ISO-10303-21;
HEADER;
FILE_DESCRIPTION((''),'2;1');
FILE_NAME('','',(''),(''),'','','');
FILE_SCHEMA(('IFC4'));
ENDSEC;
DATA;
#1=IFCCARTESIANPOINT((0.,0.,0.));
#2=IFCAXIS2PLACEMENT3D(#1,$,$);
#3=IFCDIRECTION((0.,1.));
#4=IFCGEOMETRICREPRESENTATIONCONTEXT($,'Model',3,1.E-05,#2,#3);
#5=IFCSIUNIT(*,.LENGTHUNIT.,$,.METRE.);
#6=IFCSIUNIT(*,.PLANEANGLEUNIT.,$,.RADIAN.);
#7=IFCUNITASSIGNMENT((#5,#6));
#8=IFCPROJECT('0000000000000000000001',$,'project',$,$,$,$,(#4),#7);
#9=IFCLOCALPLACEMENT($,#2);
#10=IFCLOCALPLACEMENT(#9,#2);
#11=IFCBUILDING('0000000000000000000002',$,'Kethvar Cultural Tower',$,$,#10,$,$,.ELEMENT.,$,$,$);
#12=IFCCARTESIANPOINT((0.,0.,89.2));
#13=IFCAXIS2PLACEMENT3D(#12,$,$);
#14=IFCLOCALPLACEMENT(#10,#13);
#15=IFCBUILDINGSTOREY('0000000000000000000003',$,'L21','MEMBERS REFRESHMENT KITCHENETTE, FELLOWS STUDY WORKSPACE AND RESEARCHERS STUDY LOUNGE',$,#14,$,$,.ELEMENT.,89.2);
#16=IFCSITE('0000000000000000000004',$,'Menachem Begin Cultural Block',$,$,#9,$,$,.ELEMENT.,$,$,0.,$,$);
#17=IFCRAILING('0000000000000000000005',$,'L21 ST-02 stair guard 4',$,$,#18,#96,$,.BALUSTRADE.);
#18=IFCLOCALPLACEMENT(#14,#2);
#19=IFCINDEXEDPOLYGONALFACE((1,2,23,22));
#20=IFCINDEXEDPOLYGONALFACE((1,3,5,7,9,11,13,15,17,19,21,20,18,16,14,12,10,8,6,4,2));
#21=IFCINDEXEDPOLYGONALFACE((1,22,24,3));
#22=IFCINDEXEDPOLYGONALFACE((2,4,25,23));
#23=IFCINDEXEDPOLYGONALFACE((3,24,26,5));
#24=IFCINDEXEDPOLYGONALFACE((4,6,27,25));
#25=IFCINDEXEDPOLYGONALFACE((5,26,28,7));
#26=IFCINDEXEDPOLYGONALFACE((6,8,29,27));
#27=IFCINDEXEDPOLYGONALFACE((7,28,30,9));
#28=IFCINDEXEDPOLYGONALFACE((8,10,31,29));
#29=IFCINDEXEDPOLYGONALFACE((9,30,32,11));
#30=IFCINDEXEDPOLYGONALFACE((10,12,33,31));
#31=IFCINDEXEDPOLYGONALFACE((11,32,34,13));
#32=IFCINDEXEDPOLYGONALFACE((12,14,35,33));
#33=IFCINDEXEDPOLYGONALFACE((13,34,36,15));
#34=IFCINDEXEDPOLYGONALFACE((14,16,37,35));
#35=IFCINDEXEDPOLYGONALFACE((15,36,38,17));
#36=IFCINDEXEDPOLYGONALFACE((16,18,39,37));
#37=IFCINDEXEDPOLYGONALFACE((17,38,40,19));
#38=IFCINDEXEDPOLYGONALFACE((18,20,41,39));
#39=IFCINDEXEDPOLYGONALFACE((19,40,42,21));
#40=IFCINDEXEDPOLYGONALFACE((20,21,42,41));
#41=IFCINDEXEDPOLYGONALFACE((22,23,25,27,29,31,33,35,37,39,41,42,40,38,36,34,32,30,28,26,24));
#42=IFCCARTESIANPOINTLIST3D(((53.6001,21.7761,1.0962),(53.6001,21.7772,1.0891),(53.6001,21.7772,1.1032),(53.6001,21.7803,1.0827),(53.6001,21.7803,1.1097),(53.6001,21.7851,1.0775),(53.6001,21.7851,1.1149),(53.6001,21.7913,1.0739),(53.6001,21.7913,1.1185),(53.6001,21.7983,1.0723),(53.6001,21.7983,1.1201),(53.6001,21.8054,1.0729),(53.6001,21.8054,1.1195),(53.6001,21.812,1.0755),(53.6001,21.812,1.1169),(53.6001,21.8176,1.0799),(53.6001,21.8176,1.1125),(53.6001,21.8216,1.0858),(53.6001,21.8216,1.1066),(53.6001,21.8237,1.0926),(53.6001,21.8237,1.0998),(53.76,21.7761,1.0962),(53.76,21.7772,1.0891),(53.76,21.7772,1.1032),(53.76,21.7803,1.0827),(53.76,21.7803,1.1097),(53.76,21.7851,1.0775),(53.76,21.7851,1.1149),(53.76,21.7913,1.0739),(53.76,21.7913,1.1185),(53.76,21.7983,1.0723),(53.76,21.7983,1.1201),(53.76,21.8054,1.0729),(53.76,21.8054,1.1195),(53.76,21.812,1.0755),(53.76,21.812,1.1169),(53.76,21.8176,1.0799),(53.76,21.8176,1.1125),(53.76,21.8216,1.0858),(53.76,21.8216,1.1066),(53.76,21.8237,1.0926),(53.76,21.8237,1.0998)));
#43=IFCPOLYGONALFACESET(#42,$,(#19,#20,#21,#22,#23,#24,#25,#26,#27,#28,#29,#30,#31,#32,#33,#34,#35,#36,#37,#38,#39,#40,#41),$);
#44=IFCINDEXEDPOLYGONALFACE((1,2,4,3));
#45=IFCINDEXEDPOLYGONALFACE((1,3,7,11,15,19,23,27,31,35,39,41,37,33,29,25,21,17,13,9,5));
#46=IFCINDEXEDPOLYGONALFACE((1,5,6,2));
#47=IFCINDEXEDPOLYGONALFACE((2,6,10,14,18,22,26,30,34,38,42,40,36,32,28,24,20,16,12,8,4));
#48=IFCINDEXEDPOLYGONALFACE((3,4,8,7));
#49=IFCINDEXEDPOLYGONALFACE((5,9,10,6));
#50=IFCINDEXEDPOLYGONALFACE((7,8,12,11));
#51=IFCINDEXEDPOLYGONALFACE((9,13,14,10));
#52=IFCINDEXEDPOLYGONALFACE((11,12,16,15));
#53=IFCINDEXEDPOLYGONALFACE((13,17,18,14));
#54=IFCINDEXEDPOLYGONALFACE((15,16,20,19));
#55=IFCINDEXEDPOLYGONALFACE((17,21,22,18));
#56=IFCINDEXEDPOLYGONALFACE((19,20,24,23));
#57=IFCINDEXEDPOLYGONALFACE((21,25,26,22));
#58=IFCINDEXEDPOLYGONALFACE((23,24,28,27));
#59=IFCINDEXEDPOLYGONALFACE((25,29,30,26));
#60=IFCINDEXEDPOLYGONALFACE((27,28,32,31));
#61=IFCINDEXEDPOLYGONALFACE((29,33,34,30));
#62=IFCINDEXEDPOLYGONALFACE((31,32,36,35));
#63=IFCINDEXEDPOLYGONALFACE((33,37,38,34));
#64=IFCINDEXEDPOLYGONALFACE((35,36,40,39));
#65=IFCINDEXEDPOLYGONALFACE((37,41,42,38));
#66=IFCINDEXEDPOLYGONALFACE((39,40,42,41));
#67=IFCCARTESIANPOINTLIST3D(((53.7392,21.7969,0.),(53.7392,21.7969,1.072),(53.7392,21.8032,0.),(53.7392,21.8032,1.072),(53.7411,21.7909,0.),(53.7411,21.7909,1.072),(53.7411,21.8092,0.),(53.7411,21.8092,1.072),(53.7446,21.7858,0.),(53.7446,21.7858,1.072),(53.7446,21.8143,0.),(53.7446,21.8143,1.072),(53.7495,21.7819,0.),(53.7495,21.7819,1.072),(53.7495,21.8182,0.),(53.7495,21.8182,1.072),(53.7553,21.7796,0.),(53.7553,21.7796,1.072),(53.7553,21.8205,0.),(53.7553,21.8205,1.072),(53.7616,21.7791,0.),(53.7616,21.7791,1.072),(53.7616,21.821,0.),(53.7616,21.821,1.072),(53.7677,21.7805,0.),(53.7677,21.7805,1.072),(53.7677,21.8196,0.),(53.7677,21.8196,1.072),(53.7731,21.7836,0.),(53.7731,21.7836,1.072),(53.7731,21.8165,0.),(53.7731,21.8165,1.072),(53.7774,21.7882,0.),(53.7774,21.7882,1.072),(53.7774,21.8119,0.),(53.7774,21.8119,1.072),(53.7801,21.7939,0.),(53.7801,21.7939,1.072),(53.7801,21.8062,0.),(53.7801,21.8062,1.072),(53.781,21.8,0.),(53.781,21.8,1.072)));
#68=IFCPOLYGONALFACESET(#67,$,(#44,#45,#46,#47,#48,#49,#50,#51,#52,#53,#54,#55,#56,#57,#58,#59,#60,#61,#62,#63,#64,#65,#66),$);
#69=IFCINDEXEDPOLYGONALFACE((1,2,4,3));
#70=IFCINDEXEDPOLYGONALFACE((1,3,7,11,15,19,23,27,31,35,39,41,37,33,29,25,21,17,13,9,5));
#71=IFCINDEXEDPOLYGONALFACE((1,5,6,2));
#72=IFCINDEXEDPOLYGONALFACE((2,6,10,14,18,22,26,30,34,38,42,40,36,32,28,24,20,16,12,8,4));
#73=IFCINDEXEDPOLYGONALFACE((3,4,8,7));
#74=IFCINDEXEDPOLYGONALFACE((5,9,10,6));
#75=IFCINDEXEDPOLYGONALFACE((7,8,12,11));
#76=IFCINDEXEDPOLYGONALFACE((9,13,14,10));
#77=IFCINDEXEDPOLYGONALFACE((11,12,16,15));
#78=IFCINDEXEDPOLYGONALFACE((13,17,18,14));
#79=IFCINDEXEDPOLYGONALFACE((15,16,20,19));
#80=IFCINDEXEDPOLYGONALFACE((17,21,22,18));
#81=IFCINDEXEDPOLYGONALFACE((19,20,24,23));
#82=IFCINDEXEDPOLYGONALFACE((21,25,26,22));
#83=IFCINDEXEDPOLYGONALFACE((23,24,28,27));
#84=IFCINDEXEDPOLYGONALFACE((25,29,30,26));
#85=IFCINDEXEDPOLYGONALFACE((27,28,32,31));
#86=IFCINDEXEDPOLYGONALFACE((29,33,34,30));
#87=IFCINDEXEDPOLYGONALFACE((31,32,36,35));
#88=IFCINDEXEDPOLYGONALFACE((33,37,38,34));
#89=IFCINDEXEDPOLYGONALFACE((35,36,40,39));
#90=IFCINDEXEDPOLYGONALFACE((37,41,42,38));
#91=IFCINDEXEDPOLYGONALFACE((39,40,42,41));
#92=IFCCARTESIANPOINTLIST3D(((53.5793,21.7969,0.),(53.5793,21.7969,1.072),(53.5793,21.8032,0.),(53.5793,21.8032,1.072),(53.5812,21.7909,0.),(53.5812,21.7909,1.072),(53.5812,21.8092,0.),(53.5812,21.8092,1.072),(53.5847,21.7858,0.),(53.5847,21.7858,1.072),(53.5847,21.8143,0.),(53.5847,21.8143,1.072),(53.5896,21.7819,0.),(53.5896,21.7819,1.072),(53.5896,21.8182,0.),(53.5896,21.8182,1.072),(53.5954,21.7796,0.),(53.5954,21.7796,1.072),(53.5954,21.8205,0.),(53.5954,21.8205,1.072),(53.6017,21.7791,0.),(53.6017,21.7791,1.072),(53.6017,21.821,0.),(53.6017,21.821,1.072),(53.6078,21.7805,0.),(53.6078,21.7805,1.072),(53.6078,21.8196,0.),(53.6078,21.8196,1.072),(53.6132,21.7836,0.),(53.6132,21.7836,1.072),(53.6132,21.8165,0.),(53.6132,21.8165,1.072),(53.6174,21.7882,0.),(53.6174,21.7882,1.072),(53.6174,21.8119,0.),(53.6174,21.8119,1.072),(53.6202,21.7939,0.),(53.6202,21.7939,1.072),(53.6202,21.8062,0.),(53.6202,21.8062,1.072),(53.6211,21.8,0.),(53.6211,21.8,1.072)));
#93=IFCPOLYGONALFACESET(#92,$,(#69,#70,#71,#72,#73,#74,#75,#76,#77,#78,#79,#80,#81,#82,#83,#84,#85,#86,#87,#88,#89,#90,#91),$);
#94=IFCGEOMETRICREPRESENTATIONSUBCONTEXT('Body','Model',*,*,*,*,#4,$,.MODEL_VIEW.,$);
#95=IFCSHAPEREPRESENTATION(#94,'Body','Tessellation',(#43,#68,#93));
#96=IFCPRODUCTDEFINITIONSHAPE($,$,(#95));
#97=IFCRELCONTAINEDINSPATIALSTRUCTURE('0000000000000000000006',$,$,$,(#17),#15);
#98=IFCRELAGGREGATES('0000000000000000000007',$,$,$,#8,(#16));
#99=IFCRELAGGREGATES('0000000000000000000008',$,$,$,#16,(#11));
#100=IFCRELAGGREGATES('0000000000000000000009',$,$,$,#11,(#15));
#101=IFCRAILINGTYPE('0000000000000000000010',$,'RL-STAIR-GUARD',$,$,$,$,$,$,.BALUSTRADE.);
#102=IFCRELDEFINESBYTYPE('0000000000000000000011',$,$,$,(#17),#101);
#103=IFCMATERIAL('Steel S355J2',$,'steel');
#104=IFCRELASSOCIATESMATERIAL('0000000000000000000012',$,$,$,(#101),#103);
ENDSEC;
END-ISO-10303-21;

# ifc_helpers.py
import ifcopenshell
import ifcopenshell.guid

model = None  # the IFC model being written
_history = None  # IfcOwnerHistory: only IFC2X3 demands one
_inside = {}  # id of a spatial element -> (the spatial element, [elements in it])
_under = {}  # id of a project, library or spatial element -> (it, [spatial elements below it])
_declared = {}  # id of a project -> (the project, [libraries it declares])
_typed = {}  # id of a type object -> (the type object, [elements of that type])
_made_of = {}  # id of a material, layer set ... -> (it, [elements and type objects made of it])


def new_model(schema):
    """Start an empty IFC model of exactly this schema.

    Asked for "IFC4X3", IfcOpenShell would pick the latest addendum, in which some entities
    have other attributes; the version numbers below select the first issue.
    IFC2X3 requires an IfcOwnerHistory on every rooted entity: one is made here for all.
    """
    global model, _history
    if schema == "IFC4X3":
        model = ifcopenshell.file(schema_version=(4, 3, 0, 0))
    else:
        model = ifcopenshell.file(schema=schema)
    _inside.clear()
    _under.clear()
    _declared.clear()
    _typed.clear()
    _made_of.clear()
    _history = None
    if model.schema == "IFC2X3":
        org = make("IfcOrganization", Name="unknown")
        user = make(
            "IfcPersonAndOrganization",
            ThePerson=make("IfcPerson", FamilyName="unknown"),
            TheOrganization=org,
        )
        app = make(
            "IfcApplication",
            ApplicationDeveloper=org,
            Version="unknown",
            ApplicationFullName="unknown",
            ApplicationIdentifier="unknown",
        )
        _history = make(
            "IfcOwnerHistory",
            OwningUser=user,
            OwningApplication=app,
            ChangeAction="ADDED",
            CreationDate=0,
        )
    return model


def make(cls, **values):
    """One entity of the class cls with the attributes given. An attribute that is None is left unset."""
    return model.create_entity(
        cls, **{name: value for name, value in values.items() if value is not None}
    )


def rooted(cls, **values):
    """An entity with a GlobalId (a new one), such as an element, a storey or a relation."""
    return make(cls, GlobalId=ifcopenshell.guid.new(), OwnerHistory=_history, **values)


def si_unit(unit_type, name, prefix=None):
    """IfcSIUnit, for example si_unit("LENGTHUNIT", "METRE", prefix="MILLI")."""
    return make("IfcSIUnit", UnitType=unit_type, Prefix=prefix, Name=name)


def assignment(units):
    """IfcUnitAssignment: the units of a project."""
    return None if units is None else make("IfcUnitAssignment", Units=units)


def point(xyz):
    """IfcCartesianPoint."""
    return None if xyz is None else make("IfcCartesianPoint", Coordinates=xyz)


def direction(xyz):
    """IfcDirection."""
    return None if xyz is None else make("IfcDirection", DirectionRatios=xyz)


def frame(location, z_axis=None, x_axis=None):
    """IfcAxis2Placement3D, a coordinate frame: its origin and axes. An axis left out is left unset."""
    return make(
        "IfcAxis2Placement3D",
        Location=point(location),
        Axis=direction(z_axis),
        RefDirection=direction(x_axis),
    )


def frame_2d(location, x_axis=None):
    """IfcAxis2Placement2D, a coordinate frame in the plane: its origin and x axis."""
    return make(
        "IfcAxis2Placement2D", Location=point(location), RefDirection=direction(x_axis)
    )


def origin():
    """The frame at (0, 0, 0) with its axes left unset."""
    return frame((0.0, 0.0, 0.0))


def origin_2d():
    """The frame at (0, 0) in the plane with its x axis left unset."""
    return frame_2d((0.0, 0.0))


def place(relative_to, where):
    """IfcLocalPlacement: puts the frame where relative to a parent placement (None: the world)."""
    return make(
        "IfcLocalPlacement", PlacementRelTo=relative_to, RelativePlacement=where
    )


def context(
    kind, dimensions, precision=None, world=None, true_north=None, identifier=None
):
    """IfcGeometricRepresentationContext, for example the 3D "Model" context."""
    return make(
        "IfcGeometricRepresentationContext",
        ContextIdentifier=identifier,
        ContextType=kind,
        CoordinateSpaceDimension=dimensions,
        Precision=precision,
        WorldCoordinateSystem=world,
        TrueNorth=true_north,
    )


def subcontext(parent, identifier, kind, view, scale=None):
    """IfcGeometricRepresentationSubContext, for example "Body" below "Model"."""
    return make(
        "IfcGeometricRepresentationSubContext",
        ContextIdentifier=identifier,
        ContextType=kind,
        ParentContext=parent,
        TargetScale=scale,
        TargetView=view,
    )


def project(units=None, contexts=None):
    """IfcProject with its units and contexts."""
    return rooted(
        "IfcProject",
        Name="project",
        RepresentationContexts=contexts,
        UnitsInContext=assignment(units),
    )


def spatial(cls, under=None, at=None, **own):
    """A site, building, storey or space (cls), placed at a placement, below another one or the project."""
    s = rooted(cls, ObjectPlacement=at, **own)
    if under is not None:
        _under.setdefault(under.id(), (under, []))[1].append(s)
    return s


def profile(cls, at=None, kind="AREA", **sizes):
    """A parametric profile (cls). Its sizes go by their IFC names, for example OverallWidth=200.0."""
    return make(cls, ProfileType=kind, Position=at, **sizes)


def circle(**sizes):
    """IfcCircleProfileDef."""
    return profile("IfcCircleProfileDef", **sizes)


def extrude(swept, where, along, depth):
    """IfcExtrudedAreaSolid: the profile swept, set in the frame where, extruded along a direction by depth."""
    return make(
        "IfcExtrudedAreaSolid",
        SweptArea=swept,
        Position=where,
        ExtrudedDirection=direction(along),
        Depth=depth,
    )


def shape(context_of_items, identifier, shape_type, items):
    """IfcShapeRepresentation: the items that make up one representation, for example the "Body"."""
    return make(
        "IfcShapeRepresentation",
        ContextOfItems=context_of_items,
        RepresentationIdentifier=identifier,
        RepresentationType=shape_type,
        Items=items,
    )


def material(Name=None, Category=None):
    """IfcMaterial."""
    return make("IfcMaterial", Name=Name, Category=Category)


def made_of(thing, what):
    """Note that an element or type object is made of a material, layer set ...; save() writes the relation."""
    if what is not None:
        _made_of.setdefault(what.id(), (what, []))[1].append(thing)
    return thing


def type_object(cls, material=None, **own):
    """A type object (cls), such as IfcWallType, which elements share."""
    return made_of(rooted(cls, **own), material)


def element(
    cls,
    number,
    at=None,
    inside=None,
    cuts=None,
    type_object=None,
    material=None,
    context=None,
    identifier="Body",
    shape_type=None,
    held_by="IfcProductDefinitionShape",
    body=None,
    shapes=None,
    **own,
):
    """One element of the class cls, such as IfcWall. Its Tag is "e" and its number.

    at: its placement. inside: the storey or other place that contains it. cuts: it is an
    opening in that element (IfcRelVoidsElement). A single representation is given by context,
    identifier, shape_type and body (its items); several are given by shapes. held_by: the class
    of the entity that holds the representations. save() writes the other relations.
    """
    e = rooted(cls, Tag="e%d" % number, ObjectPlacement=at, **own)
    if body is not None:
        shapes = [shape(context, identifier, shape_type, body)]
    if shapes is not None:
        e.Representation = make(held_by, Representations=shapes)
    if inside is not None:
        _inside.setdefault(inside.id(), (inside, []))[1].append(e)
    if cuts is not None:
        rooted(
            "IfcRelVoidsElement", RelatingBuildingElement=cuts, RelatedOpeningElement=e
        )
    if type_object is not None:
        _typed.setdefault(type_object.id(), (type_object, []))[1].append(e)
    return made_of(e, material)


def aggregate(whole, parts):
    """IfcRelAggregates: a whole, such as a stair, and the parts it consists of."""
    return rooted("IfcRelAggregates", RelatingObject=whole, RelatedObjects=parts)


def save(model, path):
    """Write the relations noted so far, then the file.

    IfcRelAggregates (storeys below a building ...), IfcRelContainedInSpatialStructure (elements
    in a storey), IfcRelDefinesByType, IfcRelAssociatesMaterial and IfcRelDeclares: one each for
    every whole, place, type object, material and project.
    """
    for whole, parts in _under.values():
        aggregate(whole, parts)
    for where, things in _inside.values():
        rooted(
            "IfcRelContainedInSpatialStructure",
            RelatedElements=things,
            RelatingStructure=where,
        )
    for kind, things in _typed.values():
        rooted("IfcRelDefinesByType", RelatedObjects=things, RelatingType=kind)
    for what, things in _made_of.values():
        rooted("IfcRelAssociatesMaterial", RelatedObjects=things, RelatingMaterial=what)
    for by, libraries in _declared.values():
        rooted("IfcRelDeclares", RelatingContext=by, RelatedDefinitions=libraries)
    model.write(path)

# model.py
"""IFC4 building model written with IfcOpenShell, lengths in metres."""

from ifc_helpers import new_model, si_unit, direction, frame, origin, origin_2d, place, context, subcontext, project, spatial, circle, extrude, material, type_object, element, save


model = new_model("IFC4")

# Units and contexts
model_context = context("Model", 3, precision=1e-05, world=origin(), true_north=direction((0.0, 1.0)))
body_context = subcontext(model_context, "Body", "Model", "MODEL_VIEW")
ifc_project = project(units=[si_unit("LENGTHUNIT", "METRE"), si_unit("PLANEANGLEUNIT", "RADIAN")], contexts=[model_context])

# Site, building, storey
site_placement = place(None, origin())
site = spatial("IfcSite", under=ifc_project, at=site_placement, Name="Menachem Begin Cultural Block", CompositionType="ELEMENT", RefElevation=0.0)
building_placement = place(site_placement, origin())
building = spatial("IfcBuilding", under=site, at=building_placement, Name="Kethvar Cultural Tower", CompositionType="ELEMENT")
storey_placement = place(building_placement, frame((0.0, 0.0, 89.2)))
storey = spatial("IfcBuildingStorey", under=building, at=storey_placement, Name="L21", Description="MEMBERS REFRESHMENT KITCHENETTE, FELLOWS STUDY WORKSPACE AND RESEARCHERS STUDY LOUNGE", CompositionType="ELEMENT", Elevation=89.2)

# Shared definitions
ifc_material_1 = material(Name="Steel S355J2", Category="steel")

# Railing
railing_type_1 = type_object("IfcRailingType", Name="RL-STAIR-GUARD", PredefinedType="BALUSTRADE", material=ifc_material_1)
railing_1_placement = place(storey_placement, frame((53.76, 21.8, 0.0)))
element("IfcRailing", 1, at=railing_1_placement, inside=storey, type_object=railing_type_1, Name="L21 ST-02 stair guard 4", PredefinedType="BALUSTRADE", context=body_context, shape_type="SweptSolid", body=[
    extrude(circle(Radius=0.0239, at=origin_2d()), frame((0.0, 0.0, 1.0962), z_axis=(-1.0, 0.0, 0.0), x_axis=(0.0, -1.0, 0.0)), (0.0, 0.0, 1.0), 0.1599),
    extrude(circle(Radius=0.021, at=origin_2d()), origin(), (0.0, 0.0, 1.0), 1.072),
    extrude(circle(Radius=0.021, at=origin_2d()), frame((-0.1599, 0.0, 0.0)), (0.0, 0.0, 1.0), 1.072),
])

save(model, "model.ifc")
